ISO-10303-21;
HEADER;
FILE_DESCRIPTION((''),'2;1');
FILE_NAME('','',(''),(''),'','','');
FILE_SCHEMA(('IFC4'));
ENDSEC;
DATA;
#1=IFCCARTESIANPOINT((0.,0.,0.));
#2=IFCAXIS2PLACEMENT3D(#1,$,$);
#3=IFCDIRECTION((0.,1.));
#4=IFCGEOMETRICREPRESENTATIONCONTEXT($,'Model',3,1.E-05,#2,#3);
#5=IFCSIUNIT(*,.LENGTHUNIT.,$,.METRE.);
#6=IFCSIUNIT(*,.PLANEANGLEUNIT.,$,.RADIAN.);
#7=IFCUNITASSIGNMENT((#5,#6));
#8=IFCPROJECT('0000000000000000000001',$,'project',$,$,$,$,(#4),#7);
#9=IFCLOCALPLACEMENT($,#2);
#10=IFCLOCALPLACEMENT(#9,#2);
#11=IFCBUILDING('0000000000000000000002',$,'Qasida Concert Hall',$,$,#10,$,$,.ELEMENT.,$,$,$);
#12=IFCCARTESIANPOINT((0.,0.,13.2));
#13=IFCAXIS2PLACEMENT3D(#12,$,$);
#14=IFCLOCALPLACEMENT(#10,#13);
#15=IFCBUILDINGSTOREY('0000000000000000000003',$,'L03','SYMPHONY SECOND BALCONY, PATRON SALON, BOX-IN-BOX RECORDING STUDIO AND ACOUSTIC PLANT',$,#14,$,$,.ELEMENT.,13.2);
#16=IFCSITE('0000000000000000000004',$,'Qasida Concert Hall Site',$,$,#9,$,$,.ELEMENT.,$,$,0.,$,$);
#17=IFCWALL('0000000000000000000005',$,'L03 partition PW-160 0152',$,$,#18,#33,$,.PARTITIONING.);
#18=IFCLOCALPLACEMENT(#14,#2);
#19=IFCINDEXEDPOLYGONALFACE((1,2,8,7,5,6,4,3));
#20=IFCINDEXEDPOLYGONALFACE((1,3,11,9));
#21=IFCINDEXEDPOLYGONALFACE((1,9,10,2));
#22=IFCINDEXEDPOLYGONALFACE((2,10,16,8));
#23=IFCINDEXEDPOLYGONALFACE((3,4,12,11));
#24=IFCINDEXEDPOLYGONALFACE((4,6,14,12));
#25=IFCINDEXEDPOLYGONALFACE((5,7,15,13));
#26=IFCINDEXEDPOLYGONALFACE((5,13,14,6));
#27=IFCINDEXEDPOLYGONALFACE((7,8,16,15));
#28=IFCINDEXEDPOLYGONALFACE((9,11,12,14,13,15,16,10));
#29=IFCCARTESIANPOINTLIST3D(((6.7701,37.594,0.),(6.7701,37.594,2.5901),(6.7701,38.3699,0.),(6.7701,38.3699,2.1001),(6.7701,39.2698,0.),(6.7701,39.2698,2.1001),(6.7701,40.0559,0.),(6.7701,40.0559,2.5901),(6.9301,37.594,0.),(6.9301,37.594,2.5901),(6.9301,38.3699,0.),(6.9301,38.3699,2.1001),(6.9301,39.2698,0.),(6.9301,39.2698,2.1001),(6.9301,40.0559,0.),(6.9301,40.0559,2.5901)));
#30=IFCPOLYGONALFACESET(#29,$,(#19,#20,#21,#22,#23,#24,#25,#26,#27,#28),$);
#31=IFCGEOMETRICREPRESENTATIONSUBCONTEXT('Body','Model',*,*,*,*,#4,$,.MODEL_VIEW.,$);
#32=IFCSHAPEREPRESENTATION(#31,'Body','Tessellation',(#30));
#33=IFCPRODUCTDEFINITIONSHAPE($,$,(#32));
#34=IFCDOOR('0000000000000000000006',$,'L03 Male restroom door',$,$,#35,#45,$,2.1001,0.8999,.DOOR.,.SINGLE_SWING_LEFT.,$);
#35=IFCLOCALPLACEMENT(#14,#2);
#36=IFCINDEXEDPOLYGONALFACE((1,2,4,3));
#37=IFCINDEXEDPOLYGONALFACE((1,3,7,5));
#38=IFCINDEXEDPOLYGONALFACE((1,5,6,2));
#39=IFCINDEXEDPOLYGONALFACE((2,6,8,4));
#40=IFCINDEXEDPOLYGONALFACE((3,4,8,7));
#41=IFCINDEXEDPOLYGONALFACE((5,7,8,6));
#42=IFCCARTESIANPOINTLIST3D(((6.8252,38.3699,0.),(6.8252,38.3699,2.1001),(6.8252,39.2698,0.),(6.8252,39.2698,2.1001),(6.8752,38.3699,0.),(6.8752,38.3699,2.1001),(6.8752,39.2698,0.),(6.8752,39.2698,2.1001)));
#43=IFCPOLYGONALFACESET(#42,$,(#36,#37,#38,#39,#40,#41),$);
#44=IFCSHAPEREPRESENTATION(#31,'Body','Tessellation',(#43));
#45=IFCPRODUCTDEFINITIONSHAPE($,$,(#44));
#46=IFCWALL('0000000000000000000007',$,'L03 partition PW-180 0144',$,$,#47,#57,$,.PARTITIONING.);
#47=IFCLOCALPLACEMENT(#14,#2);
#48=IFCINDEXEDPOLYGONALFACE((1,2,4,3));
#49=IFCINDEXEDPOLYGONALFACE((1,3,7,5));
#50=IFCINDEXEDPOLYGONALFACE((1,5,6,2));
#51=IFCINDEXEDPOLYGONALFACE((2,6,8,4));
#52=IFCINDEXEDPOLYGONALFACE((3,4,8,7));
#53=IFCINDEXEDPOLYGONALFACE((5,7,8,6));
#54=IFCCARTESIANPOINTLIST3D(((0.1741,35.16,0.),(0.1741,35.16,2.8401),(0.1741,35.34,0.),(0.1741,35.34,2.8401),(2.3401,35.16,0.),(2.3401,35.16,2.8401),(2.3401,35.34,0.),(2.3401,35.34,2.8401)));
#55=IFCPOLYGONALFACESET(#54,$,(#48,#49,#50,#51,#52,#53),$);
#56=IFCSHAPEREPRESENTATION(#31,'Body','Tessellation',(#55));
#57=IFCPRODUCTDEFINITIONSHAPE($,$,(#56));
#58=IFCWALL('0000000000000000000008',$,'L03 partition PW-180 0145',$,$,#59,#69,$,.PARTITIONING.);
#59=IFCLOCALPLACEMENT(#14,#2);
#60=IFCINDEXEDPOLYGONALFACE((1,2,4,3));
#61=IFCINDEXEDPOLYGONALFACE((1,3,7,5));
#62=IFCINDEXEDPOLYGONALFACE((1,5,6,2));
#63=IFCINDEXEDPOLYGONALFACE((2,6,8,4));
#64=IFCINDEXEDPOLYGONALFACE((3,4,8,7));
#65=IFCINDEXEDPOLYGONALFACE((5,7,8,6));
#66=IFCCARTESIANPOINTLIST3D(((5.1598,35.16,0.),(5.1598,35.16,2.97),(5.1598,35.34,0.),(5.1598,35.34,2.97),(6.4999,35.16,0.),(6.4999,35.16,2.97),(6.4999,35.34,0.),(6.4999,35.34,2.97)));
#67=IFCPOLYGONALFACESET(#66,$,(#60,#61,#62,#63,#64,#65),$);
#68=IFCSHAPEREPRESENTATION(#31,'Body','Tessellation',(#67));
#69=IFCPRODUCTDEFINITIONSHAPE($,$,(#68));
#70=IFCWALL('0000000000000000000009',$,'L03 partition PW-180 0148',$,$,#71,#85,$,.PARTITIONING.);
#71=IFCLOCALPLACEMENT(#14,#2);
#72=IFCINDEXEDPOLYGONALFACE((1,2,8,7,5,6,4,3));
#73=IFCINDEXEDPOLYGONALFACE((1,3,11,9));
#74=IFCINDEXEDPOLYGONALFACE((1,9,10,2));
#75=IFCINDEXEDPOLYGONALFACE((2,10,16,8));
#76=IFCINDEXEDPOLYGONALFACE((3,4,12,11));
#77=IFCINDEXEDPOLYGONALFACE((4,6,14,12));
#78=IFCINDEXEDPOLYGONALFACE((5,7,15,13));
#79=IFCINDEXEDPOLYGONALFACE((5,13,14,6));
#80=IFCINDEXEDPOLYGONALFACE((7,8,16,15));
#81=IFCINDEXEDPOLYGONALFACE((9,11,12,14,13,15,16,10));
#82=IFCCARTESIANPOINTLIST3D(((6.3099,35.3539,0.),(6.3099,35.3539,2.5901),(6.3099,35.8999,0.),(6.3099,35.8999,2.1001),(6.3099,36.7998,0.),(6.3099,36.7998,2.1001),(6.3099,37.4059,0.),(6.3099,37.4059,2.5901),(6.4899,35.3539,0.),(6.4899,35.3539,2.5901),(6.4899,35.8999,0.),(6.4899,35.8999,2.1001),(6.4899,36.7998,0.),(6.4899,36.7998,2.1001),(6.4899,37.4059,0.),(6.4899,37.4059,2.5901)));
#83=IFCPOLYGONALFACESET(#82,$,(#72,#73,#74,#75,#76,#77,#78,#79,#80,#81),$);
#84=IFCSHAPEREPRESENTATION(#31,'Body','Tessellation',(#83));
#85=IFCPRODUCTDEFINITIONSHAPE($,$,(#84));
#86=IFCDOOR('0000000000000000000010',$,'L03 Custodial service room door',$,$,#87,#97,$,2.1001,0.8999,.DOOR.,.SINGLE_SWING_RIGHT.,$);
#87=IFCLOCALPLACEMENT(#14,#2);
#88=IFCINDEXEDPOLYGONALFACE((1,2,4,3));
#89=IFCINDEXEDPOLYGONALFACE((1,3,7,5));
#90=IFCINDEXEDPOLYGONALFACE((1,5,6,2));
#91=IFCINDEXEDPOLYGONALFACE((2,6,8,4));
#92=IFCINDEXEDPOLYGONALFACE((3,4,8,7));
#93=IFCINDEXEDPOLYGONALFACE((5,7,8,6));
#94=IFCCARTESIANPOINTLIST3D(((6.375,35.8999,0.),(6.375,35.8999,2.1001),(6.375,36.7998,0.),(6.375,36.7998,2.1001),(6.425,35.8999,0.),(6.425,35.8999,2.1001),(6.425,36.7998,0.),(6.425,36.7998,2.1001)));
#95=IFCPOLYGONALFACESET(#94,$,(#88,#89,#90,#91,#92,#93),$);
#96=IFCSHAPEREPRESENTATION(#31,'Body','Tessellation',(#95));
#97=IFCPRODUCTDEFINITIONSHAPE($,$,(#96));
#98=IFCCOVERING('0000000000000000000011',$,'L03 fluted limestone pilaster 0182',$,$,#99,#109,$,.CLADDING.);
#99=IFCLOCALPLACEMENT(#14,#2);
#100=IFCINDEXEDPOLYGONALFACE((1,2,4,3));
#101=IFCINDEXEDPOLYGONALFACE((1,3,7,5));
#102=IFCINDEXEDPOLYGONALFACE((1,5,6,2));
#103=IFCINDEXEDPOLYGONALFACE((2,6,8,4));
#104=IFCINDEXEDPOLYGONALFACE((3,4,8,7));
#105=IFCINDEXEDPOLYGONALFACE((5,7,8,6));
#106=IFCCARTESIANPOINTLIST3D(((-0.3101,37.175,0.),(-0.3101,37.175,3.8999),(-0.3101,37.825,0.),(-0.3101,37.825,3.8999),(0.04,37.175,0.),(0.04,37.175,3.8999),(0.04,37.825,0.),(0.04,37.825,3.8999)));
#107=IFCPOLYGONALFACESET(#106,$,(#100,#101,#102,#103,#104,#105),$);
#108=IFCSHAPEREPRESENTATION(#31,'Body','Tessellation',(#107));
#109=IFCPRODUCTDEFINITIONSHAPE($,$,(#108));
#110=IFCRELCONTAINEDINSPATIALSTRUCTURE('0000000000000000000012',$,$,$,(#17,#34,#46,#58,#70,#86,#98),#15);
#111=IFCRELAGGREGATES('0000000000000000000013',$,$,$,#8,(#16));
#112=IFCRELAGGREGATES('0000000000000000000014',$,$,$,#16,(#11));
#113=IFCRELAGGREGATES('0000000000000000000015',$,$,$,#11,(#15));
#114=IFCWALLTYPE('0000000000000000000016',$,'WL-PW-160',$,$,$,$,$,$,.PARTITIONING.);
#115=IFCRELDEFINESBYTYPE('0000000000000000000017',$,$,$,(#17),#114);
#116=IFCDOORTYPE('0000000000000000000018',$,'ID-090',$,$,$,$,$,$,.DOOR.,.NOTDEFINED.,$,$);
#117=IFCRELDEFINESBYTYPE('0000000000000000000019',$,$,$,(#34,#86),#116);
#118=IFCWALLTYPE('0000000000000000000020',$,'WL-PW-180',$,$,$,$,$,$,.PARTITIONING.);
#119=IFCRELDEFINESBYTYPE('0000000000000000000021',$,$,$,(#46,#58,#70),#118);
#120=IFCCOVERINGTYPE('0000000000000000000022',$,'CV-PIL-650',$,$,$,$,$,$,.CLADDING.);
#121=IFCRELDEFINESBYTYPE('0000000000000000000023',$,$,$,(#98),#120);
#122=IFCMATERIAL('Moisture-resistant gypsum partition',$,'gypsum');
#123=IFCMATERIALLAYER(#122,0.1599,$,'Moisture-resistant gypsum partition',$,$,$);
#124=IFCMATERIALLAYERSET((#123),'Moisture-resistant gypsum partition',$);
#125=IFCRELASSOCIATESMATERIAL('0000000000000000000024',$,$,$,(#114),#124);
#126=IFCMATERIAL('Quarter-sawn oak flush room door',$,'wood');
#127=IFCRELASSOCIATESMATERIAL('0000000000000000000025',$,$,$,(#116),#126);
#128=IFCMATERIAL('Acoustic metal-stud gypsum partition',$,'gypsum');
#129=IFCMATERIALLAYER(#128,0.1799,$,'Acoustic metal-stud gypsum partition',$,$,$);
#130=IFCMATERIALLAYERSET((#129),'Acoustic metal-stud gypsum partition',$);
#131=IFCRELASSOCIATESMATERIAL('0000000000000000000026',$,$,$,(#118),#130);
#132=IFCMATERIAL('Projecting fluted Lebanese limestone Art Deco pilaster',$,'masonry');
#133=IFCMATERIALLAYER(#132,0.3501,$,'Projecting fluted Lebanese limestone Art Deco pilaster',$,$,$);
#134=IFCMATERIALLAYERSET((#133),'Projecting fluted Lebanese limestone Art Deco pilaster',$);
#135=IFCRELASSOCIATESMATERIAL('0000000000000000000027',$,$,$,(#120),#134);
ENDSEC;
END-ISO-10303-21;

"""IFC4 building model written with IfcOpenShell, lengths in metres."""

from ifc_helpers import new_model, si_unit, direction, frame, frame_2d, origin, origin_2d, place, context, subcontext, project, spatial, rectangle, extrude, material, layer, layer_set, type_object, element, fill, save


model = new_model("IFC4")

# Units and contexts
model_context = context("Model", 3, precision=1e-05, world=origin(), true_north=direction((0.0, 1.0)))
body_context = subcontext(model_context, "Body", "Model", "MODEL_VIEW")
ifc_project = project(units=[si_unit("LENGTHUNIT", "METRE"), si_unit("PLANEANGLEUNIT", "RADIAN")], contexts=[model_context])

# Site, building, storey
site_placement = place(None, origin())
site = spatial("IfcSite", under=ifc_project, at=site_placement, Name="Qasida Concert Hall Site", CompositionType="ELEMENT", RefElevation=0.0)
building_placement = place(site_placement, origin())
building = spatial("IfcBuilding", under=site, at=building_placement, Name="Qasida Concert Hall", CompositionType="ELEMENT")
storey_placement = place(building_placement, frame((0.0, 0.0, 13.2)))
storey = spatial("IfcBuildingStorey", under=building, at=storey_placement, Name="L03", Description="SYMPHONY SECOND BALCONY, PATRON SALON, BOX-IN-BOX RECORDING STUDIO AND ACOUSTIC PLANT", CompositionType="ELEMENT", Elevation=13.2)

# Shared definitions
ifc_material_1 = material(Name="Moisture-resistant gypsum partition", Category="gypsum")
ifc_layer_1 = layer(ifc_material_1, 0.1599, Name="Moisture-resistant gypsum partition")
ifc_layer_set_1 = layer_set([ifc_layer_1], Name="Moisture-resistant gypsum partition")
wall_type_1 = type_object("IfcWallType", Name="WL-PW-160", PredefinedType="PARTITIONING", material=ifc_layer_set_1)

# Wall, opening, door
wall_1_placement = place(storey_placement, frame((6.8501, 37.594, 0.0), z_axis=(0.0, 0.0, 1.0), x_axis=(0.0, 1.0, 0.0)))
wall_1 = element("IfcWall", 1, at=wall_1_placement, inside=storey, type_object=wall_type_1, Name="L03 partition PW-160 0152", PredefinedType="PARTITIONING", context=body_context, shape_type="SweptSolid", body=[
    extrude(rectangle(XDim=2.4619, YDim=0.1599, at=frame_2d((1.231, 0.0))), origin(), (0.0, 0.0, 1.0), 2.5901),
])
opening_1_placement = place(wall_1_placement, frame((0.7759, 0.0, 0.0)))
opening_1 = element("IfcOpeningElement", 2, at=opening_1_placement, cuts=wall_1, PredefinedType="OPENING", context=body_context, shape_type="SweptSolid", body=[
    extrude(rectangle(XDim=0.8999, YDim=2.1001, at=frame_2d((0.45, 1.05))), frame((0.0, 0.0898, 0.0), z_axis=(0.0, -1.0, 0.0), x_axis=(1.0, 0.0, 0.0)), (0.0, 0.0, 1.0), 0.1799),
])
ifc_material_2 = material(Name="Quarter-sawn oak flush room door", Category="wood")
door_type_1 = type_object("IfcDoorType", Name="ID-090", OperationType="NOTDEFINED", PredefinedType="DOOR", material=ifc_material_2)
door_1_placement = place(opening_1_placement, origin())
door_1 = element("IfcDoor", 3, at=door_1_placement, inside=storey, type_object=door_type_1, Name="L03 Male restroom door", OperationType="SINGLE_SWING_LEFT", OverallHeight=2.1001, OverallWidth=0.8999, PredefinedType="DOOR", context=body_context, shape_type="SweptSolid", body=[
    extrude(rectangle(XDim=0.8999, YDim=2.1001, at=frame_2d((0.45, 1.05))), frame((0.0, 0.0249, 0.0), z_axis=(0.0, -1.0, 0.0), x_axis=(1.0, 0.0, 0.0)), (0.0, 0.0, 1.0), 0.05),
])
fill(opening_1, door_1)

# Walls
ifc_material_3 = material(Name="Acoustic metal-stud gypsum partition", Category="gypsum")
ifc_layer_2 = layer(ifc_material_3, 0.1799, Name="Acoustic metal-stud gypsum partition")
ifc_layer_set_2 = layer_set([ifc_layer_2], Name="Acoustic metal-stud gypsum partition")
wall_type_2 = type_object("IfcWallType", Name="WL-PW-180", PredefinedType="PARTITIONING", material=ifc_layer_set_2)
wall_2_placement = place(storey_placement, frame((0.1741, 35.25, 0.0), z_axis=(0.0, 0.0, 1.0), x_axis=(1.0, 0.0, 0.0)))
element("IfcWall", 4, at=wall_2_placement, inside=storey, type_object=wall_type_2, Name="L03 partition PW-180 0144", PredefinedType="PARTITIONING", context=body_context, shape_type="SweptSolid", body=[
    extrude(rectangle(XDim=2.166, YDim=0.1799, at=frame_2d((1.083, 0.0))), origin(), (0.0, 0.0, 1.0), 2.8401),
])
wall_3_placement = place(storey_placement, frame((5.1599, 35.25, 0.0), z_axis=(0.0, 0.0, 1.0), x_axis=(1.0, 0.0, 0.0)))
element("IfcWall", 5, at=wall_3_placement, inside=storey, type_object=wall_type_2, Name="L03 partition PW-180 0145", PredefinedType="PARTITIONING", context=body_context, shape_type="SweptSolid", body=[
    extrude(rectangle(XDim=1.3401, YDim=0.1799, at=frame_2d((0.6699, 0.0))), origin(), (0.0, 0.0, 1.0), 2.97),
])

# Wall, opening, door
wall_4_placement = place(storey_placement, frame((6.3999, 35.354, 0.0), z_axis=(0.0, 0.0, 1.0), x_axis=(0.0, 1.0, 0.0)))
wall_4 = element("IfcWall", 6, at=wall_4_placement, inside=storey, type_object=wall_type_2, Name="L03 partition PW-180 0148", PredefinedType="PARTITIONING", context=body_context, shape_type="SweptSolid", body=[
    extrude(rectangle(XDim=2.052, YDim=0.1799, at=frame_2d((1.0259, 0.0))), origin(), (0.0, 0.0, 1.0), 2.5901),
])
opening_2_placement = place(wall_4_placement, frame((0.5459, 0.0, 0.0)))
opening_2 = element("IfcOpeningElement", 7, at=opening_2_placement, cuts=wall_4, PredefinedType="OPENING", context=body_context, shape_type="SweptSolid", body=[
    extrude(rectangle(XDim=0.8999, YDim=2.1001, at=frame_2d((0.45, 1.05))), frame((0.0, 0.0999, 0.0), z_axis=(0.0, -1.0, 0.0), x_axis=(1.0, 0.0, 0.0)), (0.0, 0.0, 1.0), 0.2),
])
door_2_placement = place(opening_2_placement, origin())
door_2 = element("IfcDoor", 8, at=door_2_placement, inside=storey, type_object=door_type_1, Name="L03 Custodial service room door", OperationType="SINGLE_SWING_RIGHT", OverallHeight=2.1001, OverallWidth=0.8999, PredefinedType="DOOR", context=body_context, shape_type="SweptSolid", body=[
    extrude(rectangle(XDim=0.8999, YDim=2.1001, at=frame_2d((0.45, 1.05))), frame((0.0, 0.0249, 0.0), z_axis=(0.0, -1.0, 0.0), x_axis=(1.0, 0.0, 0.0)), (0.0, 0.0, 1.0), 0.05),
])
fill(opening_2, door_2)

# Covering
ifc_material_4 = material(Name="Projecting fluted Lebanese limestone Art Deco pilaster", Category="masonry")
ifc_layer_3 = layer(ifc_material_4, 0.3501, Name="Projecting fluted Lebanese limestone Art Deco pilaster")
ifc_layer_set_3 = layer_set([ifc_layer_3], Name="Projecting fluted Lebanese limestone Art Deco pilaster")
covering_type = type_object("IfcCoveringType", Name="CV-PIL-650", PredefinedType="CLADDING", material=ifc_layer_set_3)
covering_placement = place(storey_placement, frame((-0.135, 37.5, 0.0), z_axis=(0.0, 0.0, 1.0), x_axis=(1.0, 0.0, 0.0)))
element("IfcCovering", 9, at=covering_placement, inside=storey, type_object=covering_type, Name="L03 fluted limestone pilaster 0182", PredefinedType="CLADDING", context=body_context, shape_type="SweptSolid", body=[
    extrude(rectangle(XDim=0.3501, YDim=0.6499, at=origin_2d()), origin(), (0.0, 0.0, 1.0), 3.8999),
])

save(model, "model.ifc")
